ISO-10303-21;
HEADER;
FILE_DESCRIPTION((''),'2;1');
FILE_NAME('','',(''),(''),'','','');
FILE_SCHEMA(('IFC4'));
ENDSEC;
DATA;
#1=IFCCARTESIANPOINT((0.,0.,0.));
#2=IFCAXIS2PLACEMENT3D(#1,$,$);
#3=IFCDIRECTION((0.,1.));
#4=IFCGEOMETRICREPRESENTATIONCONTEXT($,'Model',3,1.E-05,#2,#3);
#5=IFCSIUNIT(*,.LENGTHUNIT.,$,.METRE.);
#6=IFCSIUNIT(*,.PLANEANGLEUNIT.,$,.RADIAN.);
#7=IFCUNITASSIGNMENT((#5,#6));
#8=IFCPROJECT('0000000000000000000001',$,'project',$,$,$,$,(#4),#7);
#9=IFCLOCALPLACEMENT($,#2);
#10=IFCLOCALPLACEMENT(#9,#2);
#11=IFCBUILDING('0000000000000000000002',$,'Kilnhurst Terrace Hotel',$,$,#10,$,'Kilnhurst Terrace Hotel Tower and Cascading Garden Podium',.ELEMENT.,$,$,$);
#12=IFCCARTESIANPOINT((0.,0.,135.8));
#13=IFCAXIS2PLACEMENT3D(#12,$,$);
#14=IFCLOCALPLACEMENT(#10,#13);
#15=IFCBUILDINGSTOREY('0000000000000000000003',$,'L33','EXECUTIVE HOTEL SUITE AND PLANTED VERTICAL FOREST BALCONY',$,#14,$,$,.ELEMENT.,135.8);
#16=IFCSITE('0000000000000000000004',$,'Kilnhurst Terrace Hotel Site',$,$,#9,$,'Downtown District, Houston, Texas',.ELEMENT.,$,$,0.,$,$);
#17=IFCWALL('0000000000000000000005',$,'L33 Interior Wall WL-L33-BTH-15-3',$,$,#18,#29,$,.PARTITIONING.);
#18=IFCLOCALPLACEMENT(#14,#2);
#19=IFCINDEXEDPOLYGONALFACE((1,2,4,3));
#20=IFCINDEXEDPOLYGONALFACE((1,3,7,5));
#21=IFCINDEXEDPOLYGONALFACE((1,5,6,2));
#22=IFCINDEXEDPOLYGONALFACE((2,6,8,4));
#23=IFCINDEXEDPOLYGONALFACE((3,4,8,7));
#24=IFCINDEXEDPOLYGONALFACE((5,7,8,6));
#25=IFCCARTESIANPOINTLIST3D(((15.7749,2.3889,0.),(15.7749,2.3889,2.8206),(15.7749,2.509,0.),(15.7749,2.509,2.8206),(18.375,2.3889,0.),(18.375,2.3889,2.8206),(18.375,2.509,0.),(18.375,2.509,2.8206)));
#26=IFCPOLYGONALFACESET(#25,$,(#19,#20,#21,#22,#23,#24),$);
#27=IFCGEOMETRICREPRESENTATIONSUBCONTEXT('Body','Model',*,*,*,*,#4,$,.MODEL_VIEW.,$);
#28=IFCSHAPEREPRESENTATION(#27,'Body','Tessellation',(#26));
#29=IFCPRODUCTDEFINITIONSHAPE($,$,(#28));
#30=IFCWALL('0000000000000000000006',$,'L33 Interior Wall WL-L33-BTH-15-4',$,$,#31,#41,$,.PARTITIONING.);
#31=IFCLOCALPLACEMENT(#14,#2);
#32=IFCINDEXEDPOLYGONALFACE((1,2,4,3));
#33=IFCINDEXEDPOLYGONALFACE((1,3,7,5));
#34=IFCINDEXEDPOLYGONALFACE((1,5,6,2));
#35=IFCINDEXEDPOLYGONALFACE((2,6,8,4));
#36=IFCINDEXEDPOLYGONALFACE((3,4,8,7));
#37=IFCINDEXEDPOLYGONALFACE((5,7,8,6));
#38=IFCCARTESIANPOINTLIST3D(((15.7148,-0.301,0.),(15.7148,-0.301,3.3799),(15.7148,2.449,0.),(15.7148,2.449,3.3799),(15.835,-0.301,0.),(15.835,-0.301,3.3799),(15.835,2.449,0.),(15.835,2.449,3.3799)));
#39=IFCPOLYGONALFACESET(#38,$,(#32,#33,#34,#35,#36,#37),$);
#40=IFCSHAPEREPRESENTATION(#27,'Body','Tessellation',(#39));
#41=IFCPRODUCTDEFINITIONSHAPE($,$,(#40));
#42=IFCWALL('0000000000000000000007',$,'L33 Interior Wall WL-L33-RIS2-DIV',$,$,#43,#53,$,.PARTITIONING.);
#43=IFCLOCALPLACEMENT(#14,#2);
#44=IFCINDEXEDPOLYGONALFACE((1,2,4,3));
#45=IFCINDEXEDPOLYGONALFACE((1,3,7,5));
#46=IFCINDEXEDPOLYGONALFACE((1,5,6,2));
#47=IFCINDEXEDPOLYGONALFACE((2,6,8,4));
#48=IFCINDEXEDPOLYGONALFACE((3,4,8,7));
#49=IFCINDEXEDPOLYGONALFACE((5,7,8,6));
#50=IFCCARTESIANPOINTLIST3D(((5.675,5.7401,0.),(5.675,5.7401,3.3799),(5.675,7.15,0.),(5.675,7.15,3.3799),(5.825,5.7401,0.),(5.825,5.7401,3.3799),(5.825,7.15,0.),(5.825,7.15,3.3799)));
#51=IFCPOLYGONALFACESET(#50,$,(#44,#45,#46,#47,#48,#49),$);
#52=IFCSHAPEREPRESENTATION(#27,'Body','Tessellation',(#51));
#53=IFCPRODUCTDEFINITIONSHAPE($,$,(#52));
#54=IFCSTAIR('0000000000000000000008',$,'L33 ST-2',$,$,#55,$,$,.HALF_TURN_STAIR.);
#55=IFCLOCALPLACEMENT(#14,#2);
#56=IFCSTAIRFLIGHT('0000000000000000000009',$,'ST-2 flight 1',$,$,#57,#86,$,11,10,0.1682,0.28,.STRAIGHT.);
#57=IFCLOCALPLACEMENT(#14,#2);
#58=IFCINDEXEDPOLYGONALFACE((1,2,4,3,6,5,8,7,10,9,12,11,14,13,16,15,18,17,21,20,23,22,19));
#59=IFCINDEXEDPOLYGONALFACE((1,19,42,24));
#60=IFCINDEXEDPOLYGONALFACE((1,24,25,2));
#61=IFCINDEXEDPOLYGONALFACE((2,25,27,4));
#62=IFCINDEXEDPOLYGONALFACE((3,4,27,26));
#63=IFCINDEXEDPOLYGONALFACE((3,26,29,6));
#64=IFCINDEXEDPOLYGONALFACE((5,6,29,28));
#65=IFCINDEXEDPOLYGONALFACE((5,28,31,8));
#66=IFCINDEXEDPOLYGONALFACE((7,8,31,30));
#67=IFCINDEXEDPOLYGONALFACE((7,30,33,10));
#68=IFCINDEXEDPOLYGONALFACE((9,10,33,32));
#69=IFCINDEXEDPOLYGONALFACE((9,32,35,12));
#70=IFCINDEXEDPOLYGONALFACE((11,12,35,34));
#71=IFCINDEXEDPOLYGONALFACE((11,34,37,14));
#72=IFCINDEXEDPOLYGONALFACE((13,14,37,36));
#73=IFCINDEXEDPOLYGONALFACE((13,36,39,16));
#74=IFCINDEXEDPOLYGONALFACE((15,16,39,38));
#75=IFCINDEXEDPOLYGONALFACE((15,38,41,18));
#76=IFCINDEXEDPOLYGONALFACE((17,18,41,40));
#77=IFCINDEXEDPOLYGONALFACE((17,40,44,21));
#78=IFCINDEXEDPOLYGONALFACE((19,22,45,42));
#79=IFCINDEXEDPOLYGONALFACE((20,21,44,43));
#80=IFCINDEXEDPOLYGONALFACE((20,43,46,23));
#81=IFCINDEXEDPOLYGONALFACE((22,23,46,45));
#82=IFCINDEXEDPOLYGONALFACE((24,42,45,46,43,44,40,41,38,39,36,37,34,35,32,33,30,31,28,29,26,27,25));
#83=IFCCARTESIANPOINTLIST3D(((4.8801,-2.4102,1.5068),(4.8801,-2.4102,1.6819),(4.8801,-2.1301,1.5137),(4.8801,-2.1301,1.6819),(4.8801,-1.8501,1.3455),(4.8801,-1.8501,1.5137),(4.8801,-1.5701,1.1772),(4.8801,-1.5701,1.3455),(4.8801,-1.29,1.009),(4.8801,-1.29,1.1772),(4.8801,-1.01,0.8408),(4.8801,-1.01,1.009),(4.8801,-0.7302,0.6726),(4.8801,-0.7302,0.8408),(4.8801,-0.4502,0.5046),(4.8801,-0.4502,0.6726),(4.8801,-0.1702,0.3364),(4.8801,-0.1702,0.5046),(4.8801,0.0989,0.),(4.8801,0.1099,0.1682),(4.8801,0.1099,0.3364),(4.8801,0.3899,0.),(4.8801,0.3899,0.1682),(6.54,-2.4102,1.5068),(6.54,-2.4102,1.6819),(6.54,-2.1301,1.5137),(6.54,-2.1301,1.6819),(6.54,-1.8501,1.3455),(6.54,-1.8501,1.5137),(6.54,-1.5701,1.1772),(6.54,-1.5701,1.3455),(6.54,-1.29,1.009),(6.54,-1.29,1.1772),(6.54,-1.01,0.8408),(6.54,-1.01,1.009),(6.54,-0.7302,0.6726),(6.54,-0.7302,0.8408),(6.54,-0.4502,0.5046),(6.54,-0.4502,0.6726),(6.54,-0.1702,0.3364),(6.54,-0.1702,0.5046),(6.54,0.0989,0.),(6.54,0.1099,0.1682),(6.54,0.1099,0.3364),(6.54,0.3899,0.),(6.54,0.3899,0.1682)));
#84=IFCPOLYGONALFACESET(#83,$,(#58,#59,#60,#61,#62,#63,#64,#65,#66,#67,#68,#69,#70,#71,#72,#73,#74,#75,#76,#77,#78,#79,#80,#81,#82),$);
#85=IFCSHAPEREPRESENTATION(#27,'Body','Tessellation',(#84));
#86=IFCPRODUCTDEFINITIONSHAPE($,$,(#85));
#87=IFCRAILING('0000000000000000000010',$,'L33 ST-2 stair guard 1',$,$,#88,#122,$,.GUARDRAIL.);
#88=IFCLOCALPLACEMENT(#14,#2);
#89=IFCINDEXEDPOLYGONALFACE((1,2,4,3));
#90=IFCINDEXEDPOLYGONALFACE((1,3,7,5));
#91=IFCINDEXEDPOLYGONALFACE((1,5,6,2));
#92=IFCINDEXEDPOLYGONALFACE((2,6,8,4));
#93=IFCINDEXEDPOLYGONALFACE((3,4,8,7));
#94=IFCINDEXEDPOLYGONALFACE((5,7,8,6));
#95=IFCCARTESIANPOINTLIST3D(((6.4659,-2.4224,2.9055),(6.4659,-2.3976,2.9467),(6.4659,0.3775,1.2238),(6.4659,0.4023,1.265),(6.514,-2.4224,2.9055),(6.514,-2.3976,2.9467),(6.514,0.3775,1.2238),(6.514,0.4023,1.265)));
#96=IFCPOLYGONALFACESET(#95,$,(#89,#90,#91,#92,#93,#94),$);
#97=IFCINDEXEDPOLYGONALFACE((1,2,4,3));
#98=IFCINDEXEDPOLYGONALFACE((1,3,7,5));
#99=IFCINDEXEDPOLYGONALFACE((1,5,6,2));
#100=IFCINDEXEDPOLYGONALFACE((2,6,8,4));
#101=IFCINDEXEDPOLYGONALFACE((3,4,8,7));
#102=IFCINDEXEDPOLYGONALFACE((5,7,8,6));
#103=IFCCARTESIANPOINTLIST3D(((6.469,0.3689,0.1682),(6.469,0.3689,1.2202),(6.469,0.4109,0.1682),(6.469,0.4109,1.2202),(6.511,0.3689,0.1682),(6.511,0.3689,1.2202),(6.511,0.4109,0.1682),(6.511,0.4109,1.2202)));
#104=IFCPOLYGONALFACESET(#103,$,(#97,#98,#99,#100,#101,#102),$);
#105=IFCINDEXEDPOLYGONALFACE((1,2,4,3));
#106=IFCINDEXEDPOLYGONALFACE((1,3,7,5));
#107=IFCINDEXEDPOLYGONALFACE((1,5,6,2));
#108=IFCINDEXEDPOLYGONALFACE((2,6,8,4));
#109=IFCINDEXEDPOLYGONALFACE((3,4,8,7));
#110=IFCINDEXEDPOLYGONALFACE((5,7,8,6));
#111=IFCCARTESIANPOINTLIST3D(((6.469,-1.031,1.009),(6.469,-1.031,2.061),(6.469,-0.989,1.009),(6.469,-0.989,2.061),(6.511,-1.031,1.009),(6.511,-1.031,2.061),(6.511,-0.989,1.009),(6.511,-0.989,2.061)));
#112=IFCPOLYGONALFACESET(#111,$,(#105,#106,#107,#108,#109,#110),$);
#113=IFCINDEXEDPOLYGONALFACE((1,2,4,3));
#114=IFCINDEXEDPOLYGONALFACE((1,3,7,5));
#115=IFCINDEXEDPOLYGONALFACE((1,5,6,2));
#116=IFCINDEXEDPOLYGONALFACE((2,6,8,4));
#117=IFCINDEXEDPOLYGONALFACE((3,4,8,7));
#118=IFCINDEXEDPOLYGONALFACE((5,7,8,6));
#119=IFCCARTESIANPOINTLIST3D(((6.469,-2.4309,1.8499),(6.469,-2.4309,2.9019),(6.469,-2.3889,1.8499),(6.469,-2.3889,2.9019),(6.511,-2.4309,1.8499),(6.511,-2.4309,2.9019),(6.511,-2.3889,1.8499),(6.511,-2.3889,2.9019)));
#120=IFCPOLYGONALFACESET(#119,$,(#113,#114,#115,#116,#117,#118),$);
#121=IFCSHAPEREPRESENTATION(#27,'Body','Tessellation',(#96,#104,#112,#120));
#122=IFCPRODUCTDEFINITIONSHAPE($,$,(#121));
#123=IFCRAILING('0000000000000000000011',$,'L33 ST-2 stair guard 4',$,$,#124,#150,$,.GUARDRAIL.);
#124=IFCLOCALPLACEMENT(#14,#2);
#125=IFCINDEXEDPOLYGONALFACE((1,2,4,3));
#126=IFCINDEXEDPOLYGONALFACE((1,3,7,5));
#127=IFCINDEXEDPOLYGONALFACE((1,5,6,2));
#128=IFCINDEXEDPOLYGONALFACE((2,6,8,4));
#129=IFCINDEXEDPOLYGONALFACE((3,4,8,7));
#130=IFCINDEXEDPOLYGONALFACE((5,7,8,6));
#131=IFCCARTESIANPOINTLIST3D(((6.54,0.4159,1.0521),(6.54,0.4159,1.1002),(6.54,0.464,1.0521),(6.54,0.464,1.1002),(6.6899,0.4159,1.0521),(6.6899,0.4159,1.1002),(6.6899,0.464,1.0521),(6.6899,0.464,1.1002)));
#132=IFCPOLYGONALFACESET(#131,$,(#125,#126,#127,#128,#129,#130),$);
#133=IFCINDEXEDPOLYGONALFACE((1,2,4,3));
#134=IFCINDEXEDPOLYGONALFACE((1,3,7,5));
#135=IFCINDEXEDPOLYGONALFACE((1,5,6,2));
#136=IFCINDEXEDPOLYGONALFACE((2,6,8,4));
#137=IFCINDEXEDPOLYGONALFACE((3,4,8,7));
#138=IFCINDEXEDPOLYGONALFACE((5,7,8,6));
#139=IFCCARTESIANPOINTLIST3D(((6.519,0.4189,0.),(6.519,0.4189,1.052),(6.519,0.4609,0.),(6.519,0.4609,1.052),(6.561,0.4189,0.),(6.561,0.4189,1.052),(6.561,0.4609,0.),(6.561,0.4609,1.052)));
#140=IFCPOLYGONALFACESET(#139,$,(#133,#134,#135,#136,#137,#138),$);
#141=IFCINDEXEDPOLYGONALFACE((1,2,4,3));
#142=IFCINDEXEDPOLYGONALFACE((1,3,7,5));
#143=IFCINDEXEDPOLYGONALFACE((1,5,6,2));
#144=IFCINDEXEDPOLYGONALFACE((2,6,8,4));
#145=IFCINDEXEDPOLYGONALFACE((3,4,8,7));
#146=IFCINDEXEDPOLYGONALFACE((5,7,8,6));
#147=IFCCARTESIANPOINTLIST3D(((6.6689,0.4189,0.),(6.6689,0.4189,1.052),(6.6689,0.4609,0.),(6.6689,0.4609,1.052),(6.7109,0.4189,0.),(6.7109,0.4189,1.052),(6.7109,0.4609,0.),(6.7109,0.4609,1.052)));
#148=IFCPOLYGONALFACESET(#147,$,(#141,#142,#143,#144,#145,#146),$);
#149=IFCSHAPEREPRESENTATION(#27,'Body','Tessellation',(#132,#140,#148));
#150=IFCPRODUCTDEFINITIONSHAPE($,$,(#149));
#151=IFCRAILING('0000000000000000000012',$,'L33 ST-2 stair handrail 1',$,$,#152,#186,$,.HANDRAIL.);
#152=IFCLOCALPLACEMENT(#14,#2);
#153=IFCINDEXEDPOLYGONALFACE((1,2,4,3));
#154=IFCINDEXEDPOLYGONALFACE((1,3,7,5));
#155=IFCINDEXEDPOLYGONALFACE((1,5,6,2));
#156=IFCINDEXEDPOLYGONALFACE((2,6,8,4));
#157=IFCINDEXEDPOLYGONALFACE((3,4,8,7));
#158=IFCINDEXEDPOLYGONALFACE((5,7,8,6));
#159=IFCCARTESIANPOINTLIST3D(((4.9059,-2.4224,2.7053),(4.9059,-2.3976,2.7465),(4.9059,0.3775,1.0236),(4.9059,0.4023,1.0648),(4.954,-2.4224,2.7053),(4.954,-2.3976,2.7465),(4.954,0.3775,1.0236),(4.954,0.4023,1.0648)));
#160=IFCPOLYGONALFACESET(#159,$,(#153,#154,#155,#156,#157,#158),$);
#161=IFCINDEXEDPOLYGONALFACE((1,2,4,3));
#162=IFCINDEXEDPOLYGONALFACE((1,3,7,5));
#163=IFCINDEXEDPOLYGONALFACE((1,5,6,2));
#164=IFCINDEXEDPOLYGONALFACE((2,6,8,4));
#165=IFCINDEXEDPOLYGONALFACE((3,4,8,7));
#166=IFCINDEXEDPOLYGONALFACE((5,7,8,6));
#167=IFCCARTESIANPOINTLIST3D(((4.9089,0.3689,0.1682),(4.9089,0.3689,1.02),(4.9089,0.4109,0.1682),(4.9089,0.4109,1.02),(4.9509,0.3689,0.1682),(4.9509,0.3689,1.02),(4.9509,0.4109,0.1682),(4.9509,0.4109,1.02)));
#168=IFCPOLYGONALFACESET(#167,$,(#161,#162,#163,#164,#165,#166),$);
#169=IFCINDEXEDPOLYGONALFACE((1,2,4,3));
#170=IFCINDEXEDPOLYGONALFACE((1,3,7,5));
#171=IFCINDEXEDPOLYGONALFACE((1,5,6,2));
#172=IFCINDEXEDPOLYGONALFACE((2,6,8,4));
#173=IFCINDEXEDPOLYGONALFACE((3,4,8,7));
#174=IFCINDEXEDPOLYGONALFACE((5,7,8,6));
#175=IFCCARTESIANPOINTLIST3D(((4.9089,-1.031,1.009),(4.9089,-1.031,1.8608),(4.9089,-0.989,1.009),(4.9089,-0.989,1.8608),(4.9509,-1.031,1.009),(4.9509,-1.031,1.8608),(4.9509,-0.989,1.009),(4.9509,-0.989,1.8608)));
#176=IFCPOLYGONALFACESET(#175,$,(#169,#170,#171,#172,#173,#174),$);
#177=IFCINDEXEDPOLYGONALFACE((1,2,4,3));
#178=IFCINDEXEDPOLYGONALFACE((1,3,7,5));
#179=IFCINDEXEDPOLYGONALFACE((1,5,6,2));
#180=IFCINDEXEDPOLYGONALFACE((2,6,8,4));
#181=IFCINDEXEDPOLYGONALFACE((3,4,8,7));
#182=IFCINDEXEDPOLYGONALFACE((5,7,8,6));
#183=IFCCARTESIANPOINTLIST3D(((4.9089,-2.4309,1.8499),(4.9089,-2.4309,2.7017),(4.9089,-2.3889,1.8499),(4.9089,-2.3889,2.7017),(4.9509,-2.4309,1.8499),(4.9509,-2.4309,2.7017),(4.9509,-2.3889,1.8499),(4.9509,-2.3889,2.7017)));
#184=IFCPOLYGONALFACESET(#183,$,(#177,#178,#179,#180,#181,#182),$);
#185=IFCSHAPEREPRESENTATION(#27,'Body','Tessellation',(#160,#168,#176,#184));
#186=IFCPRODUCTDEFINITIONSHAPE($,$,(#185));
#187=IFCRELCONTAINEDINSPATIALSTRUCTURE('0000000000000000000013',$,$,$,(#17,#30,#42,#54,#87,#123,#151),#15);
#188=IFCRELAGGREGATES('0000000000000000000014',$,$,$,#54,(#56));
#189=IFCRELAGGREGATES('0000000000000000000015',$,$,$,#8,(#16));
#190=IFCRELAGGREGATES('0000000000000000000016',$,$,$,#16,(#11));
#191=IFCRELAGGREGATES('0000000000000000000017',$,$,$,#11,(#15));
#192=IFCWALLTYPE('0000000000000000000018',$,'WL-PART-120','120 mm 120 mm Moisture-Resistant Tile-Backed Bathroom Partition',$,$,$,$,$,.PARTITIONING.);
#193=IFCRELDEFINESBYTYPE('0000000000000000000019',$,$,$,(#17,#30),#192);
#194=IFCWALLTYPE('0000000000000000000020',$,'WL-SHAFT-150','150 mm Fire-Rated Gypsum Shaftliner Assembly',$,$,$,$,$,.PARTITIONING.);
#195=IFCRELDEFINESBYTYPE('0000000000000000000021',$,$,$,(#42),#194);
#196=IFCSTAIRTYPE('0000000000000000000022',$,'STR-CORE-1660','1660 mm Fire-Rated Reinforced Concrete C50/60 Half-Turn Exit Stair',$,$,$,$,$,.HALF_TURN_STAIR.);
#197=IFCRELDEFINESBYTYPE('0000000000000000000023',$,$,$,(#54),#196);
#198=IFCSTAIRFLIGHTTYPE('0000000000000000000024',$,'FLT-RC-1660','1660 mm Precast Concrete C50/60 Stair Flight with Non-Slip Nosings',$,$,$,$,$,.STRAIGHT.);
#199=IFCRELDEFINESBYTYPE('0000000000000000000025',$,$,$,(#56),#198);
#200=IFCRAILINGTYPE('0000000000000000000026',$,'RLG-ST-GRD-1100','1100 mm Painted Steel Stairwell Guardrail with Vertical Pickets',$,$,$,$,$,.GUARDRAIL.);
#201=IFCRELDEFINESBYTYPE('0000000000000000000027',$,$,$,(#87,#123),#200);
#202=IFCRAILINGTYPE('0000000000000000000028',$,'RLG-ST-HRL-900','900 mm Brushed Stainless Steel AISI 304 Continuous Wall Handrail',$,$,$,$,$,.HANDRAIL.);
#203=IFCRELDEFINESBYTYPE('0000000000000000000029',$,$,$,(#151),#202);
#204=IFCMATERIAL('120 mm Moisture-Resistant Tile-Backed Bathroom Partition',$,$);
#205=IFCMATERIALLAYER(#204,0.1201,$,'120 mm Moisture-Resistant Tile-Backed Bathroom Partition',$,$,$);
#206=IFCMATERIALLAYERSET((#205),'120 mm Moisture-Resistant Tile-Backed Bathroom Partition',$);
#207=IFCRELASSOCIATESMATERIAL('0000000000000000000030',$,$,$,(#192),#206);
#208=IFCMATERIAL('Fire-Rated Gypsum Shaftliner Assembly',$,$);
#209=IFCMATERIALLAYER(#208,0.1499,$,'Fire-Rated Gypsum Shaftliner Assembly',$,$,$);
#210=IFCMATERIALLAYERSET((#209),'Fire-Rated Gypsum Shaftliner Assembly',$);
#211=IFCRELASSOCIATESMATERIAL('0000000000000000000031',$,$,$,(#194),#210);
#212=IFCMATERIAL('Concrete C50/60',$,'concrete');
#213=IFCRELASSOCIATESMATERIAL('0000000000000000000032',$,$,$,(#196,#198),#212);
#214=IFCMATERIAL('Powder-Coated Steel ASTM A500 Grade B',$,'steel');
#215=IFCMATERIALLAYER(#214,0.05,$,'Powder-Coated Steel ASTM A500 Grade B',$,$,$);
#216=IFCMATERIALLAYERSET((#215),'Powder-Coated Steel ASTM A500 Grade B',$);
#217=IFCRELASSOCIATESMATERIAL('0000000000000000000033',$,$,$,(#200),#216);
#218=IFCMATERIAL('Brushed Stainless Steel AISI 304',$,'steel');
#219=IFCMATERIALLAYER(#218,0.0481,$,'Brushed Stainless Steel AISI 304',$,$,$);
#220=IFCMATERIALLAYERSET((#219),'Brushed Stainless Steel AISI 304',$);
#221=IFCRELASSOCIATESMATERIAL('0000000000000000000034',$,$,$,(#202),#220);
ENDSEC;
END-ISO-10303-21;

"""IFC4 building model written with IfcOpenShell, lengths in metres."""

from ifc_helpers import new_model, si_unit, direction, frame, frame_2d, origin, origin_2d, place, context, subcontext, project, spatial, polyline, rectangle, outline, extrude, material, layer, layer_set, type_object, element, aggregate, save


model = new_model("IFC4")

# Units and contexts
model_context = context("Model", 3, precision=1e-05, world=origin(), true_north=direction((0.0, 1.0)))
body_context = subcontext(model_context, "Body", "Model", "MODEL_VIEW")
ifc_project = project(units=[si_unit("LENGTHUNIT", "METRE"), si_unit("PLANEANGLEUNIT", "RADIAN")], contexts=[model_context])

# Site, building, storey
site_placement = place(None, origin())
site = spatial("IfcSite", under=ifc_project, at=site_placement, Name="Kilnhurst Terrace Hotel Site", LongName="Downtown District, Houston, Texas", CompositionType="ELEMENT", RefElevation=0.0)
building_placement = place(site_placement, origin())
building = spatial("IfcBuilding", under=site, at=building_placement, Name="Kilnhurst Terrace Hotel", LongName="Kilnhurst Terrace Hotel Tower and Cascading Garden Podium", CompositionType="ELEMENT")
storey_placement = place(building_placement, frame((0.0, 0.0, 135.8)))
storey = spatial("IfcBuildingStorey", under=building, at=storey_placement, Name="L33", Description="EXECUTIVE HOTEL SUITE AND PLANTED VERTICAL FOREST BALCONY", CompositionType="ELEMENT", Elevation=135.8)

# Shared definitions
ifc_material_1 = material(Name="Concrete C50/60", Category="concrete")

# Walls
ifc_material_2 = material(Name="120 mm Moisture-Resistant Tile-Backed Bathroom Partition")
ifc_layer_1 = layer(ifc_material_2, 0.1201, Name="120 mm Moisture-Resistant Tile-Backed Bathroom Partition")
ifc_layer_set_1 = layer_set([ifc_layer_1], Name="120 mm Moisture-Resistant Tile-Backed Bathroom Partition")
wall_type_1 = type_object("IfcWallType", Name="WL-PART-120", Description="120 mm 120 mm Moisture-Resistant Tile-Backed Bathroom Partition", PredefinedType="PARTITIONING", material=ifc_layer_set_1)
wall_1_placement = place(storey_placement, frame((18.375, 2.449, 0.0), z_axis=(0.0, 0.0, 1.0), x_axis=(-1.0, 0.0, 0.0)))
element("IfcWall", 1, at=wall_1_placement, inside=storey, type_object=wall_type_1, Name="L33 Interior Wall WL-L33-BTH-15-3", PredefinedType="PARTITIONING", context=body_context, shape_type="SweptSolid", body=[
    extrude(rectangle(XDim=2.6001, YDim=0.1201, at=frame_2d((1.3, 0.0))), origin(), (0.0, 0.0, 1.0), 2.8206),
])
wall_2_placement = place(storey_placement, frame((15.7749, 2.449, 0.0), z_axis=(0.0, 0.0, 1.0), x_axis=(0.0, -1.0, 0.0)))
element("IfcWall", 2, at=wall_2_placement, inside=storey, type_object=wall_type_1, Name="L33 Interior Wall WL-L33-BTH-15-4", PredefinedType="PARTITIONING", context=body_context, shape_type="SweptSolid", body=[
    extrude(rectangle(XDim=2.75, YDim=0.1201, at=frame_2d((1.375, 0.0))), origin(), (0.0, 0.0, 1.0), 3.3799),
])
ifc_material_3 = material(Name="Fire-Rated Gypsum Shaftliner Assembly")
ifc_layer_2 = layer(ifc_material_3, 0.1499, Name="Fire-Rated Gypsum Shaftliner Assembly")
ifc_layer_set_2 = layer_set([ifc_layer_2], Name="Fire-Rated Gypsum Shaftliner Assembly")
wall_type_2 = type_object("IfcWallType", Name="WL-SHAFT-150", Description="150 mm Fire-Rated Gypsum Shaftliner Assembly", PredefinedType="PARTITIONING", material=ifc_layer_set_2)
wall_3_placement = place(storey_placement, frame((5.75, 5.74, 0.0), z_axis=(0.0, 0.0, 1.0), x_axis=(0.0, 1.0, 0.0)))
element("IfcWall", 3, at=wall_3_placement, inside=storey, type_object=wall_type_2, Name="L33 Interior Wall WL-L33-RIS2-DIV", PredefinedType="PARTITIONING", context=body_context, shape_type="SweptSolid", body=[
    extrude(rectangle(XDim=1.4099, YDim=0.1499, at=frame_2d((0.7051, 0.0))), origin(), (0.0, 0.0, 1.0), 3.3799),
])

# Stair, stair flight
stair_type = type_object("IfcStairType", Name="STR-CORE-1660", Description="1660 mm Fire-Rated Reinforced Concrete C50/60 Half-Turn Exit Stair", PredefinedType="HALF_TURN_STAIR", material=ifc_material_1)
stair_placement = place(storey_placement, origin())
stair = element("IfcStair", 4, at=stair_placement, inside=storey, type_object=stair_type, Name="L33 ST-2", PredefinedType="HALF_TURN_STAIR")
stair_flight_type = type_object("IfcStairFlightType", Name="FLT-RC-1660", Description="1660 mm Precast Concrete C50/60 Stair Flight with Non-Slip Nosings", PredefinedType="STRAIGHT", material=ifc_material_1)
stair_flight_placement = place(storey_placement, frame((5.71, 0.3899, 0.0), z_axis=(0.0, 0.0, 1.0), x_axis=(0.0, -1.0, 0.0)))
stair_flight = element("IfcStairFlight", 5, at=stair_flight_placement, type_object=stair_flight_type, Name="ST-2 flight 1", NumberOfRisers=11, NumberOfTreads=10, PredefinedType="STRAIGHT", RiserHeight=0.1682, TreadLength=0.28, context=body_context, shape_type="SweptSolid", body=[
    extrude(outline(polyline([(0.0, 0.0), (0.0, 0.1682), (0.28, 0.1682), (0.28, 0.3364), (0.5601, 0.3364), (0.5601, 0.5046), (0.8401, 0.5046), (0.8401, 0.6726), (1.1201, 0.6726), (1.1201, 0.8408), (1.3999, 0.8408), (1.3999, 1.009), (1.6799, 1.009), (1.6799, 1.1772), (1.96, 1.1772), (1.96, 1.3455), (2.24, 1.3455), (2.24, 1.5137), (2.52, 1.5137), (2.52, 1.6819), (2.8, 1.6819), (2.8, 1.8501), (2.8, 1.5068), (0.291, 0.0), (0.0, 0.0)])), frame((0.0, 0.8301, 0.0), z_axis=(0.0, -1.0, 0.0), x_axis=(1.0, 0.0, 0.0)), (0.0, 0.0, 1.0), 1.6599),
])
aggregate(stair, [stair_flight])

# Railings
ifc_material_4 = material(Name="Powder-Coated Steel ASTM A500 Grade B", Category="steel")
ifc_layer_3 = layer(ifc_material_4, 0.05, Name="Powder-Coated Steel ASTM A500 Grade B")
ifc_layer_set_3 = layer_set([ifc_layer_3], Name="Powder-Coated Steel ASTM A500 Grade B")
railing_type_1 = type_object("IfcRailingType", Name="RLG-ST-GRD-1100", Description="1100 mm Painted Steel Stairwell Guardrail with Vertical Pickets", PredefinedType="GUARDRAIL", material=ifc_layer_set_3)
railing_1_placement = place(storey_placement, frame((6.49, 0.3899, 0.1682)))
element("IfcRailing", 6, at=railing_1_placement, inside=storey, type_object=railing_type_1, Name="L33 ST-2 stair guard 1", PredefinedType="GUARDRAIL", context=body_context, shape_type="SweptSolid", body=[
    extrude(rectangle(XDim=0.0481, YDim=0.0481, at=origin_2d()), frame((0.0, 0.0, 1.0762), z_axis=(0.0, -0.857255, 0.514891), x_axis=(1.0, 0.0, 0.0)), (0.0, 0.0, 1.0), 3.2661),
    extrude(rectangle(XDim=0.042, YDim=0.042, at=origin_2d()), origin(), (0.0, 0.0, 1.0), 1.052),
    extrude(rectangle(XDim=0.042, YDim=0.042, at=origin_2d()), frame((0.0, -1.3999, 0.8408)), (0.0, 0.0, 1.0), 1.052),
    extrude(rectangle(XDim=0.042, YDim=0.042, at=origin_2d()), frame((0.0, -2.7998, 1.6816)), (0.0, 0.0, 1.0), 1.052),
])
railing_2_placement = place(storey_placement, frame((6.54, 0.4399, 0.0)))
element("IfcRailing", 7, at=railing_2_placement, inside=storey, type_object=railing_type_1, Name="L33 ST-2 stair guard 4", PredefinedType="GUARDRAIL", context=body_context, shape_type="SweptSolid", body=[
    extrude(rectangle(XDim=0.0481, YDim=0.0481, at=origin_2d()), frame((0.0, 0.0, 1.0762), z_axis=(1.0, 0.0, 0.0), x_axis=(0.0, 1.0, 0.0)), (0.0, 0.0, 1.0), 0.1499),
    extrude(rectangle(XDim=0.042, YDim=0.042, at=origin_2d()), origin(), (0.0, 0.0, 1.0), 1.052),
    extrude(rectangle(XDim=0.042, YDim=0.042, at=origin_2d()), frame((0.1499, 0.0, 0.0)), (0.0, 0.0, 1.0), 1.052),
])
ifc_material_5 = material(Name="Brushed Stainless Steel AISI 304", Category="steel")
ifc_layer_4 = layer(ifc_material_5, 0.0481, Name="Brushed Stainless Steel AISI 304")
ifc_layer_set_4 = layer_set([ifc_layer_4], Name="Brushed Stainless Steel AISI 304")
railing_type_2 = type_object("IfcRailingType", Name="RLG-ST-HRL-900", Description="900 mm Brushed Stainless Steel AISI 304 Continuous Wall Handrail", PredefinedType="HANDRAIL", material=ifc_layer_set_4)
railing_3_placement = place(storey_placement, frame((4.9299, 0.3899, 0.1682)))
element("IfcRailing", 8, at=railing_3_placement, inside=storey, type_object=railing_type_2, Name="L33 ST-2 stair handrail 1", PredefinedType="HANDRAIL", context=body_context, shape_type="SweptSolid", body=[
    extrude(rectangle(XDim=0.0481, YDim=0.0481, at=origin_2d()), frame((0.0, 0.0, 0.876), z_axis=(0.0, -0.857255, 0.514891), x_axis=(1.0, 0.0, 0.0)), (0.0, 0.0, 1.0), 3.2661),
    extrude(rectangle(XDim=0.042, YDim=0.042, at=origin_2d()), origin(), (0.0, 0.0, 1.0), 0.8518),
    extrude(rectangle(XDim=0.042, YDim=0.042, at=origin_2d()), frame((0.0, -1.3999, 0.8408)), (0.0, 0.0, 1.0), 0.8518),
    extrude(rectangle(XDim=0.042, YDim=0.042, at=origin_2d()), frame((0.0, -2.7998, 1.6816)), (0.0, 0.0, 1.0), 0.8518),
])

save(model, "model.ifc")
